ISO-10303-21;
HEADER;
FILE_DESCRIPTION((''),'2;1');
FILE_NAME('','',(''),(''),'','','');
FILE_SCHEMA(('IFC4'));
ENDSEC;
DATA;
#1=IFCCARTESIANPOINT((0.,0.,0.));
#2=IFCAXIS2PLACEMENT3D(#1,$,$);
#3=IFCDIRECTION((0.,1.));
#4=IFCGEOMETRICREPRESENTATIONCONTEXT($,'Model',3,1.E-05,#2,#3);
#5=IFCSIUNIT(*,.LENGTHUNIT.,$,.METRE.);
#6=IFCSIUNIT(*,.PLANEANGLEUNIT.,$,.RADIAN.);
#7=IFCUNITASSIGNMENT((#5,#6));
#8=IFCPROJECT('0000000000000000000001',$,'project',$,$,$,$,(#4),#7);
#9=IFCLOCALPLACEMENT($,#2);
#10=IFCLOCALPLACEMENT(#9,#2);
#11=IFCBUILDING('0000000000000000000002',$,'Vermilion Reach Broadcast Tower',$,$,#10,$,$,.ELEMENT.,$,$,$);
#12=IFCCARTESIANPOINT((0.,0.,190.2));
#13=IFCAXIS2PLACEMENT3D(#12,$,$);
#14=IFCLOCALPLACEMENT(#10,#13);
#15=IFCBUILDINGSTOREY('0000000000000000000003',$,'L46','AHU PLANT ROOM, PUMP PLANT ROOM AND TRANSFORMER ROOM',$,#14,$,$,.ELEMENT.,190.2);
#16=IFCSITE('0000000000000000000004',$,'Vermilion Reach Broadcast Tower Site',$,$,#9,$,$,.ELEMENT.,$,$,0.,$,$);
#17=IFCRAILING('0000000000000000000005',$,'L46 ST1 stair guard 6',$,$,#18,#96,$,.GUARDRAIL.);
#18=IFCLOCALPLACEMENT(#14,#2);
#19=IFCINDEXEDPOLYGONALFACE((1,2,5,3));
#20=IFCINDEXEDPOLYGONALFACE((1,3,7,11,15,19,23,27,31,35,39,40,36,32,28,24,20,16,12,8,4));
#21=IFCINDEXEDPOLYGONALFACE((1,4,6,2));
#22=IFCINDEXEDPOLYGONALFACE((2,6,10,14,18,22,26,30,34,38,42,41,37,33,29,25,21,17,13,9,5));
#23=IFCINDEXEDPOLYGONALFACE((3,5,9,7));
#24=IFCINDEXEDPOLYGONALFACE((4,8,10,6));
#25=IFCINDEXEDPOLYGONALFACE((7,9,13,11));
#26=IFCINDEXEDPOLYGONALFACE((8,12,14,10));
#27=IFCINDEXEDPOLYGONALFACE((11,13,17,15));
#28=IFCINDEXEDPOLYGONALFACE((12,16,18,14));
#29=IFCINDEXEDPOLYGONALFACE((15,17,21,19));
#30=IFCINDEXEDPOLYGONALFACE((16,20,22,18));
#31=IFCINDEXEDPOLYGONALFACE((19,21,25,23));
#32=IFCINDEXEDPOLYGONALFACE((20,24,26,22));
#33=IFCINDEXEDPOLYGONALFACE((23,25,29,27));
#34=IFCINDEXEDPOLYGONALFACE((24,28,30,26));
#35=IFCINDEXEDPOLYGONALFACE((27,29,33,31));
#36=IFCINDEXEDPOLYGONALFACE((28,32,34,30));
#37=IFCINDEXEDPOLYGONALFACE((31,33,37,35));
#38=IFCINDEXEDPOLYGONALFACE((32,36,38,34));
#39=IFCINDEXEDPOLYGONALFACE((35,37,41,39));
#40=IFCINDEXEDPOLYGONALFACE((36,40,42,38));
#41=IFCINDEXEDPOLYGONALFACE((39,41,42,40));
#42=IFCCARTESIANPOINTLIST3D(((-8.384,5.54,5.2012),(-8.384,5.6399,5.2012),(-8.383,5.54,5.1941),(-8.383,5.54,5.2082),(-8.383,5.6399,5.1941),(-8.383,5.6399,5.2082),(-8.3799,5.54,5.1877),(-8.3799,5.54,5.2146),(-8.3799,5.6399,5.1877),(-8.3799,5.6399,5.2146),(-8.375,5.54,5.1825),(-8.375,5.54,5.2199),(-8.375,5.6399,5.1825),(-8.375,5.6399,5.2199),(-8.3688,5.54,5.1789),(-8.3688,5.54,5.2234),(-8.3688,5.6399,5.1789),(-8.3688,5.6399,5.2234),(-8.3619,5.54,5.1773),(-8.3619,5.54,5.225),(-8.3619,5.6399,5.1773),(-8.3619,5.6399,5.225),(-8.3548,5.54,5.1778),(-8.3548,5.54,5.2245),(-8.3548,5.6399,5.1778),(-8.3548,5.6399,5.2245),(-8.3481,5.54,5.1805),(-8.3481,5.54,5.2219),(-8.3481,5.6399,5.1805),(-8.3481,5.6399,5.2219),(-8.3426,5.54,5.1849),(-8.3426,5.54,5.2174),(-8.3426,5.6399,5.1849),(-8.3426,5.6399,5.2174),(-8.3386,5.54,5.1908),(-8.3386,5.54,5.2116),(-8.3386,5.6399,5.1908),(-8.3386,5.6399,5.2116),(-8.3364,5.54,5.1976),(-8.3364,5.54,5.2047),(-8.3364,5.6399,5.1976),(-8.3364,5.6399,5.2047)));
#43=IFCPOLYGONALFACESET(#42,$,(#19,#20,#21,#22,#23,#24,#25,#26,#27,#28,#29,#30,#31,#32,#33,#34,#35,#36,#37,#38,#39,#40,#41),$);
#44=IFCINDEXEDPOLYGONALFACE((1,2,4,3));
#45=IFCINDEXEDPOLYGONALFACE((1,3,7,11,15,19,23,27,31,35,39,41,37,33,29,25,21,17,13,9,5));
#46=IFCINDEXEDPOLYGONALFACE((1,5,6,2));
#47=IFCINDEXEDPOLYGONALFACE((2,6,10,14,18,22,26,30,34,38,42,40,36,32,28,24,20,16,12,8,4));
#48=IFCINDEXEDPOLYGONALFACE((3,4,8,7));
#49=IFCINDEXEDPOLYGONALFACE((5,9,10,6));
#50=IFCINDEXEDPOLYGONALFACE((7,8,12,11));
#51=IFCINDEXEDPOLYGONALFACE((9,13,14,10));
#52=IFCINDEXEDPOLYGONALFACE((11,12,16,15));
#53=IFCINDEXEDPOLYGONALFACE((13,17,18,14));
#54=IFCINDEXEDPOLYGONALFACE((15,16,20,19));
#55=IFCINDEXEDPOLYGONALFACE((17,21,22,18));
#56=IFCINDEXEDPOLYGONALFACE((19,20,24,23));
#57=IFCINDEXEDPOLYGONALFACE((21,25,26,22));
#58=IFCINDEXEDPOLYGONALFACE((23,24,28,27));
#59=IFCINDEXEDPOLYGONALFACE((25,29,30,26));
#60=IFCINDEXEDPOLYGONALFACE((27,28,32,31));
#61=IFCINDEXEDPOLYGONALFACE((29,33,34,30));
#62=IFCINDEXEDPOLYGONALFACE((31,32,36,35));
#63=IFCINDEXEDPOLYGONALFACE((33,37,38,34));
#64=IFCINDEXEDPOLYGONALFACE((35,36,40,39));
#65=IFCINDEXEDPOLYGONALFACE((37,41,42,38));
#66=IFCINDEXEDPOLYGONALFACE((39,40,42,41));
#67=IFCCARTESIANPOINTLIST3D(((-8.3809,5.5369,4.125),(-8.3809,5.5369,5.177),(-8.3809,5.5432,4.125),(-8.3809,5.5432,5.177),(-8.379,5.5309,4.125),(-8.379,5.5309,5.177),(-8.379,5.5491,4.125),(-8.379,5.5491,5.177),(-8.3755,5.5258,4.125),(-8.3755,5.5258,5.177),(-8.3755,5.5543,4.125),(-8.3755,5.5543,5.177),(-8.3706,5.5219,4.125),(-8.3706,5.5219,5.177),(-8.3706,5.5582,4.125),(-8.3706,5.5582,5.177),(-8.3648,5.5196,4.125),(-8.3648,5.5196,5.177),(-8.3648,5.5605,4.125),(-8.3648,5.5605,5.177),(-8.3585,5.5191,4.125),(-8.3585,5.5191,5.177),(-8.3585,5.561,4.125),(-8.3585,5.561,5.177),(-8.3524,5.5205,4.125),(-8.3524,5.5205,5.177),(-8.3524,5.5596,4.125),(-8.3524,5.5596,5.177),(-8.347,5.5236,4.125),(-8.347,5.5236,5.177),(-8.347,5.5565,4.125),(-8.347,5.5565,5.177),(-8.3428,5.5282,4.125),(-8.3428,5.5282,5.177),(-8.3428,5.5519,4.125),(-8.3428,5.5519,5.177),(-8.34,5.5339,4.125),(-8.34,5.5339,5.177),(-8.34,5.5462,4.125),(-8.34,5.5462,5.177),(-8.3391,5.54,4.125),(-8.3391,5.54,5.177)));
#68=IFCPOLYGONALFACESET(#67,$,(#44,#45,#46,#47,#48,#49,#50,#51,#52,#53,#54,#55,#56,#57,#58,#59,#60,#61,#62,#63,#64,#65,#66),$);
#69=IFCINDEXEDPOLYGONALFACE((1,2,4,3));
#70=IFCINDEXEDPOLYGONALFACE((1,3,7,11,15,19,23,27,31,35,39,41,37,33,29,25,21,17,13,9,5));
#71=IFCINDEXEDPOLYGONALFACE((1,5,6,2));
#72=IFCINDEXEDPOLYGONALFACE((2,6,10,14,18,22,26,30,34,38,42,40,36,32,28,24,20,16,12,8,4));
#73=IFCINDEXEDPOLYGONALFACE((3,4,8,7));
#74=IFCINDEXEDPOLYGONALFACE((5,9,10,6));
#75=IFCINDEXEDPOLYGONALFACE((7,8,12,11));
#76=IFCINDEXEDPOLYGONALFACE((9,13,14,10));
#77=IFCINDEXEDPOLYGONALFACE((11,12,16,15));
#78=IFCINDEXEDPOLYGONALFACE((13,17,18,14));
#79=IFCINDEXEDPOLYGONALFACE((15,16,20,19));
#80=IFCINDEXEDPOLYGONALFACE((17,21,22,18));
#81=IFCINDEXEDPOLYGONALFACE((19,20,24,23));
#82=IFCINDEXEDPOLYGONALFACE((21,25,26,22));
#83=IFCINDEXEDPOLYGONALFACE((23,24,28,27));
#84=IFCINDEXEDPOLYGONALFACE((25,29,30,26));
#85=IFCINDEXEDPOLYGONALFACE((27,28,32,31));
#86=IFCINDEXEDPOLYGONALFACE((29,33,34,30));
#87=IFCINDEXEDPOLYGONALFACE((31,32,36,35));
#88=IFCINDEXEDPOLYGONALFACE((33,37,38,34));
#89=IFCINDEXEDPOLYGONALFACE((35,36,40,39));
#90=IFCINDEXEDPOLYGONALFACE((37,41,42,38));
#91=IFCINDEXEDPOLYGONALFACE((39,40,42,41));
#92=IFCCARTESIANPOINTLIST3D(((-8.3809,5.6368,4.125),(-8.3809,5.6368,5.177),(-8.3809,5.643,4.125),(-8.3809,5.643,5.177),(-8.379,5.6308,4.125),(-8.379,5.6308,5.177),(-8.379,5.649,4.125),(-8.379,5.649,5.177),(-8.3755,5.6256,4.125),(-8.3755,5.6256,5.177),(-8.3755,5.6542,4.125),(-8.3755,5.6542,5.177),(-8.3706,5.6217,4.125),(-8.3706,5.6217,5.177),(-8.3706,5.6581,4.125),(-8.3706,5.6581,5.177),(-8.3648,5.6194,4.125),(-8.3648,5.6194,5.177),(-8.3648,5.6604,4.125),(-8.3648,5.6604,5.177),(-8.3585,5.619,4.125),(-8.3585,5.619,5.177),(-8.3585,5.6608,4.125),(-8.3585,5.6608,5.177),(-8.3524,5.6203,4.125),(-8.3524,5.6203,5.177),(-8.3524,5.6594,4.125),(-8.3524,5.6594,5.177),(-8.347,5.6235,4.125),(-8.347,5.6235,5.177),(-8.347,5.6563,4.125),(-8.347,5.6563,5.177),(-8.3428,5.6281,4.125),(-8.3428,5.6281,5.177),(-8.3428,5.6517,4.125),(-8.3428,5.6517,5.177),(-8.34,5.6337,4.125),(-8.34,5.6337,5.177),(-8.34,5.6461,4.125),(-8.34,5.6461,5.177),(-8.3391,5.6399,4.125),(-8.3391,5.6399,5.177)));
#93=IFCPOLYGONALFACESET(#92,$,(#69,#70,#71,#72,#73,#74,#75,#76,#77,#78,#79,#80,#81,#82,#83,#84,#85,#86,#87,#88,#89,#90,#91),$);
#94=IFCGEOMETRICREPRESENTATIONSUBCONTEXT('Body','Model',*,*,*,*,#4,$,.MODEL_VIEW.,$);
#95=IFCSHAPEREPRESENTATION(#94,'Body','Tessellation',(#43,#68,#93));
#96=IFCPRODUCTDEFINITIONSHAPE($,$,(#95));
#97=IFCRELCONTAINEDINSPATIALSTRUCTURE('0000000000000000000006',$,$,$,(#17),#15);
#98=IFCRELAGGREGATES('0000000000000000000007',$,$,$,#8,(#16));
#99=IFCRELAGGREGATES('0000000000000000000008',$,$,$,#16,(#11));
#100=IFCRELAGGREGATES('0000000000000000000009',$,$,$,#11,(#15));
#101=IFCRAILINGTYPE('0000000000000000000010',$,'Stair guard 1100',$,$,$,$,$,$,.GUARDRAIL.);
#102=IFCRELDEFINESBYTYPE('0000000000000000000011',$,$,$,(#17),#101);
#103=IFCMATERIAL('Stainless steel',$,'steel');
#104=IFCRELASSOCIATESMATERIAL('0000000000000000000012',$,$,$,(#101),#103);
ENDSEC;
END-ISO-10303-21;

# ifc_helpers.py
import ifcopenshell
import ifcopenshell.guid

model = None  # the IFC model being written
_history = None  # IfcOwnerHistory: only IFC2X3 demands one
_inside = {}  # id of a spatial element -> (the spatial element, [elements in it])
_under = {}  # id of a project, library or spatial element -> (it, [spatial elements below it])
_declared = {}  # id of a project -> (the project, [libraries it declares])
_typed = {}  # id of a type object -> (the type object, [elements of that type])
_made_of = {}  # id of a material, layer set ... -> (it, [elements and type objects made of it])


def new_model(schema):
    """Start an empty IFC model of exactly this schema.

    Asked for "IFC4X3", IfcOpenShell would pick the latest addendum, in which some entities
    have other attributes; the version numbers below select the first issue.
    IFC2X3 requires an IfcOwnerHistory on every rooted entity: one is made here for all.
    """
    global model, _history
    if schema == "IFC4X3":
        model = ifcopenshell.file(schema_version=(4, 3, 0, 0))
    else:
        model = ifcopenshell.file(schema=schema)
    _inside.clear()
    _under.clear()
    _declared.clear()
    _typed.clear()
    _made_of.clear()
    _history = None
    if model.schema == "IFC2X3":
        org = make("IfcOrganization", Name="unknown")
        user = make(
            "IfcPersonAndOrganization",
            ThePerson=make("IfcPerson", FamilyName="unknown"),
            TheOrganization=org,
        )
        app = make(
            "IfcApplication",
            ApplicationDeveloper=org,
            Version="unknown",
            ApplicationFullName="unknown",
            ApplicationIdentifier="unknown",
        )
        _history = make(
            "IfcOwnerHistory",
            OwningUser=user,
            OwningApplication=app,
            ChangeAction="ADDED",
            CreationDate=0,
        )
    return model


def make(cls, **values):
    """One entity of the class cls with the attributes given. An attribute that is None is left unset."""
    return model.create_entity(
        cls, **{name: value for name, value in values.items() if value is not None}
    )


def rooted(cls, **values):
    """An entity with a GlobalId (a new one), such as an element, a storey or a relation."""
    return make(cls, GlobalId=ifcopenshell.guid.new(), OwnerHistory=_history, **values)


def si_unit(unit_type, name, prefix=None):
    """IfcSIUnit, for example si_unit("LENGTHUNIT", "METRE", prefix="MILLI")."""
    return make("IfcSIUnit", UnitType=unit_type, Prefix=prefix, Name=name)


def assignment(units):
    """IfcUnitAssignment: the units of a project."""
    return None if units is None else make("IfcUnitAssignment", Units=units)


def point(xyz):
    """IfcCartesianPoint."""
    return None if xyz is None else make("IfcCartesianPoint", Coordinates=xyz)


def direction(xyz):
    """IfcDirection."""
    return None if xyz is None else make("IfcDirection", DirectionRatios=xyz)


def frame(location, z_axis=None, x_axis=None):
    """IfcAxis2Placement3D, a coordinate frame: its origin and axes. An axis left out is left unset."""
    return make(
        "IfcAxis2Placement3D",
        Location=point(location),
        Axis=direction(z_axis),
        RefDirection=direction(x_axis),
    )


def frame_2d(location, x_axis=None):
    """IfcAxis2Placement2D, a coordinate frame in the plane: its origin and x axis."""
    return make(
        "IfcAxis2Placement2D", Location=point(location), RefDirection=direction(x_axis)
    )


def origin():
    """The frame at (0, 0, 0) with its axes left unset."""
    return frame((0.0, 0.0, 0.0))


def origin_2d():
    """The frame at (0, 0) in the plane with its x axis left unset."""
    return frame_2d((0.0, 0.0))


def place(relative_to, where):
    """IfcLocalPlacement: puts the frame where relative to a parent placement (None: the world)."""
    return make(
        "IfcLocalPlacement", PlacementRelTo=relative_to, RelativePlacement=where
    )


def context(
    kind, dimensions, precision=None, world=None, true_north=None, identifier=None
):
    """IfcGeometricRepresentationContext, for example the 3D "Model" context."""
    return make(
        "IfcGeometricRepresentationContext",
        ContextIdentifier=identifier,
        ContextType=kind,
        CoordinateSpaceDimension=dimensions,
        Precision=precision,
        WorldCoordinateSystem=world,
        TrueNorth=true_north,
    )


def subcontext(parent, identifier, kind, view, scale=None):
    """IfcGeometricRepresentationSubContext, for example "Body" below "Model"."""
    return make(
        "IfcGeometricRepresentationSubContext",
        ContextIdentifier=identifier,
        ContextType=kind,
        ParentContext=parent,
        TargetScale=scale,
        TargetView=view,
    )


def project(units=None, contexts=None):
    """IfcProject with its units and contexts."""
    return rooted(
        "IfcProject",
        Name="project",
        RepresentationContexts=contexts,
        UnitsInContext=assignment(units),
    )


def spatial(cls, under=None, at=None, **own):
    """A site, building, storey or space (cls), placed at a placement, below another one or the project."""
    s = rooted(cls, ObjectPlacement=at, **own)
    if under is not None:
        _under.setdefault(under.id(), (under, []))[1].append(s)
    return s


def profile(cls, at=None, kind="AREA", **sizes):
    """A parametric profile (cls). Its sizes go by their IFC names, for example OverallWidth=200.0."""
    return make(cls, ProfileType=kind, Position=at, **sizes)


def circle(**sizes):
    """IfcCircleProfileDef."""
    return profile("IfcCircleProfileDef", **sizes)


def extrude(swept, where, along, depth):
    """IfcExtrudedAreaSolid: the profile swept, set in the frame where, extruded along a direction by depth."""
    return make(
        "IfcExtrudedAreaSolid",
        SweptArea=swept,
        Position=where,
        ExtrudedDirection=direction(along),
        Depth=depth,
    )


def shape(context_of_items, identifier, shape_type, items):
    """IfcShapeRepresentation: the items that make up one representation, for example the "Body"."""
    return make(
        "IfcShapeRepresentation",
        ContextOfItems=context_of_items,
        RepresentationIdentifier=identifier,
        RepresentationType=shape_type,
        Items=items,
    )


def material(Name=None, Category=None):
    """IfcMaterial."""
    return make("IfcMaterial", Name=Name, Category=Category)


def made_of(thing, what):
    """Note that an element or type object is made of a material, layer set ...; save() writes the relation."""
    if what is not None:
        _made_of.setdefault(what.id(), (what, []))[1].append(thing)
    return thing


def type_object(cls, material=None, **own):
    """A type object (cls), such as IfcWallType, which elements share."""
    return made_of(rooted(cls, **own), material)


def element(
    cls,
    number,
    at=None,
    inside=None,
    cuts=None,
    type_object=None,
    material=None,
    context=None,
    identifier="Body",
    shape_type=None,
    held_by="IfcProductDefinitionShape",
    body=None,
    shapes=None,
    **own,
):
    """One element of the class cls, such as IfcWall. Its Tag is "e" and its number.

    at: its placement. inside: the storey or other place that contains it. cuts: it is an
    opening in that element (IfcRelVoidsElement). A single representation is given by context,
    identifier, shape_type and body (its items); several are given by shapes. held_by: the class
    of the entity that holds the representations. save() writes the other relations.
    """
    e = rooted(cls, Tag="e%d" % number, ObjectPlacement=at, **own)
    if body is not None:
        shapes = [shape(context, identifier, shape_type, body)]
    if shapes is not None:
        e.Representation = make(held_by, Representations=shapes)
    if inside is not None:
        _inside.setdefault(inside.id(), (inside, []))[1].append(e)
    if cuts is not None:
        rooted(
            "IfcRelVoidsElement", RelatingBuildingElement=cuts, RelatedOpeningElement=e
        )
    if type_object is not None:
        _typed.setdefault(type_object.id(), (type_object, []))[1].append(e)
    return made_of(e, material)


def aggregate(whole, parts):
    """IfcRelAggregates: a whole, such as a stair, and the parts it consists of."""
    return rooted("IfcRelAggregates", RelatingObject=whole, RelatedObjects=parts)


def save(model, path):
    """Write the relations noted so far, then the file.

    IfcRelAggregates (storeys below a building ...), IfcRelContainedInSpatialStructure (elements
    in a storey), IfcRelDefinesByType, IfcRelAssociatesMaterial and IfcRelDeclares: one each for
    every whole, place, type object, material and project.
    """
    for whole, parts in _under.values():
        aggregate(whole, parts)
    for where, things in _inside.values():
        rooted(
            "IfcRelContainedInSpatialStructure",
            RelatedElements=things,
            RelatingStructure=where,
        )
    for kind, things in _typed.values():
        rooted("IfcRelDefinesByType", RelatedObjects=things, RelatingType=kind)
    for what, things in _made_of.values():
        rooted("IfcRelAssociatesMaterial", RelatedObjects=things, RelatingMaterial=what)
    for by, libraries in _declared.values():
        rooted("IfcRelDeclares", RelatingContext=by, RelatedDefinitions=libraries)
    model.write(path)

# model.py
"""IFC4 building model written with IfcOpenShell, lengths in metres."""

from ifc_helpers import new_model, si_unit, direction, frame, origin, origin_2d, place, context, subcontext, project, spatial, circle, extrude, material, type_object, element, save


model = new_model("IFC4")

# Units and contexts
model_context = context("Model", 3, precision=1e-05, world=origin(), true_north=direction((0.0, 1.0)))
body_context = subcontext(model_context, "Body", "Model", "MODEL_VIEW")
ifc_project = project(units=[si_unit("LENGTHUNIT", "METRE"), si_unit("PLANEANGLEUNIT", "RADIAN")], contexts=[model_context])

# Site, building, storey
site_placement = place(None, origin())
site = spatial("IfcSite", under=ifc_project, at=site_placement, Name="Vermilion Reach Broadcast Tower Site", CompositionType="ELEMENT", RefElevation=0.0)
building_placement = place(site_placement, origin())
building = spatial("IfcBuilding", under=site, at=building_placement, Name="Vermilion Reach Broadcast Tower", CompositionType="ELEMENT")
storey_placement = place(building_placement, frame((0.0, 0.0, 190.2)))
storey = spatial("IfcBuildingStorey", under=building, at=storey_placement, Name="L46", Description="AHU PLANT ROOM, PUMP PLANT ROOM AND TRANSFORMER ROOM", CompositionType="ELEMENT", Elevation=190.2)

# Railing
ifc_material_1 = material(Name="Stainless steel", Category="steel")
railing_type_1 = type_object("IfcRailingType", Name="Stair guard 1100", PredefinedType="GUARDRAIL", material=ifc_material_1)
railing_1_placement = place(storey_placement, frame((-8.3601, 5.54, 4.125)))
element("IfcRailing", 1, at=railing_1_placement, inside=storey, type_object=railing_type_1, Name="L46 ST1 stair guard 6", PredefinedType="GUARDRAIL", context=body_context, shape_type="SweptSolid", body=[
    extrude(circle(Radius=0.0239, at=origin_2d()), frame((0.0, 0.0, 1.0762), z_axis=(0.0, 1.0, 0.0), x_axis=(-1.0, 0.0, 0.0)), (0.0, 0.0, 1.0), 0.0999),
    extrude(circle(Radius=0.021, at=origin_2d()), origin(), (0.0, 0.0, 1.0), 1.052),
    extrude(circle(Radius=0.021, at=origin_2d()), frame((0.0, 0.0999, 0.0)), (0.0, 0.0, 1.0), 1.052),
])

save(model, "model.ifc")
